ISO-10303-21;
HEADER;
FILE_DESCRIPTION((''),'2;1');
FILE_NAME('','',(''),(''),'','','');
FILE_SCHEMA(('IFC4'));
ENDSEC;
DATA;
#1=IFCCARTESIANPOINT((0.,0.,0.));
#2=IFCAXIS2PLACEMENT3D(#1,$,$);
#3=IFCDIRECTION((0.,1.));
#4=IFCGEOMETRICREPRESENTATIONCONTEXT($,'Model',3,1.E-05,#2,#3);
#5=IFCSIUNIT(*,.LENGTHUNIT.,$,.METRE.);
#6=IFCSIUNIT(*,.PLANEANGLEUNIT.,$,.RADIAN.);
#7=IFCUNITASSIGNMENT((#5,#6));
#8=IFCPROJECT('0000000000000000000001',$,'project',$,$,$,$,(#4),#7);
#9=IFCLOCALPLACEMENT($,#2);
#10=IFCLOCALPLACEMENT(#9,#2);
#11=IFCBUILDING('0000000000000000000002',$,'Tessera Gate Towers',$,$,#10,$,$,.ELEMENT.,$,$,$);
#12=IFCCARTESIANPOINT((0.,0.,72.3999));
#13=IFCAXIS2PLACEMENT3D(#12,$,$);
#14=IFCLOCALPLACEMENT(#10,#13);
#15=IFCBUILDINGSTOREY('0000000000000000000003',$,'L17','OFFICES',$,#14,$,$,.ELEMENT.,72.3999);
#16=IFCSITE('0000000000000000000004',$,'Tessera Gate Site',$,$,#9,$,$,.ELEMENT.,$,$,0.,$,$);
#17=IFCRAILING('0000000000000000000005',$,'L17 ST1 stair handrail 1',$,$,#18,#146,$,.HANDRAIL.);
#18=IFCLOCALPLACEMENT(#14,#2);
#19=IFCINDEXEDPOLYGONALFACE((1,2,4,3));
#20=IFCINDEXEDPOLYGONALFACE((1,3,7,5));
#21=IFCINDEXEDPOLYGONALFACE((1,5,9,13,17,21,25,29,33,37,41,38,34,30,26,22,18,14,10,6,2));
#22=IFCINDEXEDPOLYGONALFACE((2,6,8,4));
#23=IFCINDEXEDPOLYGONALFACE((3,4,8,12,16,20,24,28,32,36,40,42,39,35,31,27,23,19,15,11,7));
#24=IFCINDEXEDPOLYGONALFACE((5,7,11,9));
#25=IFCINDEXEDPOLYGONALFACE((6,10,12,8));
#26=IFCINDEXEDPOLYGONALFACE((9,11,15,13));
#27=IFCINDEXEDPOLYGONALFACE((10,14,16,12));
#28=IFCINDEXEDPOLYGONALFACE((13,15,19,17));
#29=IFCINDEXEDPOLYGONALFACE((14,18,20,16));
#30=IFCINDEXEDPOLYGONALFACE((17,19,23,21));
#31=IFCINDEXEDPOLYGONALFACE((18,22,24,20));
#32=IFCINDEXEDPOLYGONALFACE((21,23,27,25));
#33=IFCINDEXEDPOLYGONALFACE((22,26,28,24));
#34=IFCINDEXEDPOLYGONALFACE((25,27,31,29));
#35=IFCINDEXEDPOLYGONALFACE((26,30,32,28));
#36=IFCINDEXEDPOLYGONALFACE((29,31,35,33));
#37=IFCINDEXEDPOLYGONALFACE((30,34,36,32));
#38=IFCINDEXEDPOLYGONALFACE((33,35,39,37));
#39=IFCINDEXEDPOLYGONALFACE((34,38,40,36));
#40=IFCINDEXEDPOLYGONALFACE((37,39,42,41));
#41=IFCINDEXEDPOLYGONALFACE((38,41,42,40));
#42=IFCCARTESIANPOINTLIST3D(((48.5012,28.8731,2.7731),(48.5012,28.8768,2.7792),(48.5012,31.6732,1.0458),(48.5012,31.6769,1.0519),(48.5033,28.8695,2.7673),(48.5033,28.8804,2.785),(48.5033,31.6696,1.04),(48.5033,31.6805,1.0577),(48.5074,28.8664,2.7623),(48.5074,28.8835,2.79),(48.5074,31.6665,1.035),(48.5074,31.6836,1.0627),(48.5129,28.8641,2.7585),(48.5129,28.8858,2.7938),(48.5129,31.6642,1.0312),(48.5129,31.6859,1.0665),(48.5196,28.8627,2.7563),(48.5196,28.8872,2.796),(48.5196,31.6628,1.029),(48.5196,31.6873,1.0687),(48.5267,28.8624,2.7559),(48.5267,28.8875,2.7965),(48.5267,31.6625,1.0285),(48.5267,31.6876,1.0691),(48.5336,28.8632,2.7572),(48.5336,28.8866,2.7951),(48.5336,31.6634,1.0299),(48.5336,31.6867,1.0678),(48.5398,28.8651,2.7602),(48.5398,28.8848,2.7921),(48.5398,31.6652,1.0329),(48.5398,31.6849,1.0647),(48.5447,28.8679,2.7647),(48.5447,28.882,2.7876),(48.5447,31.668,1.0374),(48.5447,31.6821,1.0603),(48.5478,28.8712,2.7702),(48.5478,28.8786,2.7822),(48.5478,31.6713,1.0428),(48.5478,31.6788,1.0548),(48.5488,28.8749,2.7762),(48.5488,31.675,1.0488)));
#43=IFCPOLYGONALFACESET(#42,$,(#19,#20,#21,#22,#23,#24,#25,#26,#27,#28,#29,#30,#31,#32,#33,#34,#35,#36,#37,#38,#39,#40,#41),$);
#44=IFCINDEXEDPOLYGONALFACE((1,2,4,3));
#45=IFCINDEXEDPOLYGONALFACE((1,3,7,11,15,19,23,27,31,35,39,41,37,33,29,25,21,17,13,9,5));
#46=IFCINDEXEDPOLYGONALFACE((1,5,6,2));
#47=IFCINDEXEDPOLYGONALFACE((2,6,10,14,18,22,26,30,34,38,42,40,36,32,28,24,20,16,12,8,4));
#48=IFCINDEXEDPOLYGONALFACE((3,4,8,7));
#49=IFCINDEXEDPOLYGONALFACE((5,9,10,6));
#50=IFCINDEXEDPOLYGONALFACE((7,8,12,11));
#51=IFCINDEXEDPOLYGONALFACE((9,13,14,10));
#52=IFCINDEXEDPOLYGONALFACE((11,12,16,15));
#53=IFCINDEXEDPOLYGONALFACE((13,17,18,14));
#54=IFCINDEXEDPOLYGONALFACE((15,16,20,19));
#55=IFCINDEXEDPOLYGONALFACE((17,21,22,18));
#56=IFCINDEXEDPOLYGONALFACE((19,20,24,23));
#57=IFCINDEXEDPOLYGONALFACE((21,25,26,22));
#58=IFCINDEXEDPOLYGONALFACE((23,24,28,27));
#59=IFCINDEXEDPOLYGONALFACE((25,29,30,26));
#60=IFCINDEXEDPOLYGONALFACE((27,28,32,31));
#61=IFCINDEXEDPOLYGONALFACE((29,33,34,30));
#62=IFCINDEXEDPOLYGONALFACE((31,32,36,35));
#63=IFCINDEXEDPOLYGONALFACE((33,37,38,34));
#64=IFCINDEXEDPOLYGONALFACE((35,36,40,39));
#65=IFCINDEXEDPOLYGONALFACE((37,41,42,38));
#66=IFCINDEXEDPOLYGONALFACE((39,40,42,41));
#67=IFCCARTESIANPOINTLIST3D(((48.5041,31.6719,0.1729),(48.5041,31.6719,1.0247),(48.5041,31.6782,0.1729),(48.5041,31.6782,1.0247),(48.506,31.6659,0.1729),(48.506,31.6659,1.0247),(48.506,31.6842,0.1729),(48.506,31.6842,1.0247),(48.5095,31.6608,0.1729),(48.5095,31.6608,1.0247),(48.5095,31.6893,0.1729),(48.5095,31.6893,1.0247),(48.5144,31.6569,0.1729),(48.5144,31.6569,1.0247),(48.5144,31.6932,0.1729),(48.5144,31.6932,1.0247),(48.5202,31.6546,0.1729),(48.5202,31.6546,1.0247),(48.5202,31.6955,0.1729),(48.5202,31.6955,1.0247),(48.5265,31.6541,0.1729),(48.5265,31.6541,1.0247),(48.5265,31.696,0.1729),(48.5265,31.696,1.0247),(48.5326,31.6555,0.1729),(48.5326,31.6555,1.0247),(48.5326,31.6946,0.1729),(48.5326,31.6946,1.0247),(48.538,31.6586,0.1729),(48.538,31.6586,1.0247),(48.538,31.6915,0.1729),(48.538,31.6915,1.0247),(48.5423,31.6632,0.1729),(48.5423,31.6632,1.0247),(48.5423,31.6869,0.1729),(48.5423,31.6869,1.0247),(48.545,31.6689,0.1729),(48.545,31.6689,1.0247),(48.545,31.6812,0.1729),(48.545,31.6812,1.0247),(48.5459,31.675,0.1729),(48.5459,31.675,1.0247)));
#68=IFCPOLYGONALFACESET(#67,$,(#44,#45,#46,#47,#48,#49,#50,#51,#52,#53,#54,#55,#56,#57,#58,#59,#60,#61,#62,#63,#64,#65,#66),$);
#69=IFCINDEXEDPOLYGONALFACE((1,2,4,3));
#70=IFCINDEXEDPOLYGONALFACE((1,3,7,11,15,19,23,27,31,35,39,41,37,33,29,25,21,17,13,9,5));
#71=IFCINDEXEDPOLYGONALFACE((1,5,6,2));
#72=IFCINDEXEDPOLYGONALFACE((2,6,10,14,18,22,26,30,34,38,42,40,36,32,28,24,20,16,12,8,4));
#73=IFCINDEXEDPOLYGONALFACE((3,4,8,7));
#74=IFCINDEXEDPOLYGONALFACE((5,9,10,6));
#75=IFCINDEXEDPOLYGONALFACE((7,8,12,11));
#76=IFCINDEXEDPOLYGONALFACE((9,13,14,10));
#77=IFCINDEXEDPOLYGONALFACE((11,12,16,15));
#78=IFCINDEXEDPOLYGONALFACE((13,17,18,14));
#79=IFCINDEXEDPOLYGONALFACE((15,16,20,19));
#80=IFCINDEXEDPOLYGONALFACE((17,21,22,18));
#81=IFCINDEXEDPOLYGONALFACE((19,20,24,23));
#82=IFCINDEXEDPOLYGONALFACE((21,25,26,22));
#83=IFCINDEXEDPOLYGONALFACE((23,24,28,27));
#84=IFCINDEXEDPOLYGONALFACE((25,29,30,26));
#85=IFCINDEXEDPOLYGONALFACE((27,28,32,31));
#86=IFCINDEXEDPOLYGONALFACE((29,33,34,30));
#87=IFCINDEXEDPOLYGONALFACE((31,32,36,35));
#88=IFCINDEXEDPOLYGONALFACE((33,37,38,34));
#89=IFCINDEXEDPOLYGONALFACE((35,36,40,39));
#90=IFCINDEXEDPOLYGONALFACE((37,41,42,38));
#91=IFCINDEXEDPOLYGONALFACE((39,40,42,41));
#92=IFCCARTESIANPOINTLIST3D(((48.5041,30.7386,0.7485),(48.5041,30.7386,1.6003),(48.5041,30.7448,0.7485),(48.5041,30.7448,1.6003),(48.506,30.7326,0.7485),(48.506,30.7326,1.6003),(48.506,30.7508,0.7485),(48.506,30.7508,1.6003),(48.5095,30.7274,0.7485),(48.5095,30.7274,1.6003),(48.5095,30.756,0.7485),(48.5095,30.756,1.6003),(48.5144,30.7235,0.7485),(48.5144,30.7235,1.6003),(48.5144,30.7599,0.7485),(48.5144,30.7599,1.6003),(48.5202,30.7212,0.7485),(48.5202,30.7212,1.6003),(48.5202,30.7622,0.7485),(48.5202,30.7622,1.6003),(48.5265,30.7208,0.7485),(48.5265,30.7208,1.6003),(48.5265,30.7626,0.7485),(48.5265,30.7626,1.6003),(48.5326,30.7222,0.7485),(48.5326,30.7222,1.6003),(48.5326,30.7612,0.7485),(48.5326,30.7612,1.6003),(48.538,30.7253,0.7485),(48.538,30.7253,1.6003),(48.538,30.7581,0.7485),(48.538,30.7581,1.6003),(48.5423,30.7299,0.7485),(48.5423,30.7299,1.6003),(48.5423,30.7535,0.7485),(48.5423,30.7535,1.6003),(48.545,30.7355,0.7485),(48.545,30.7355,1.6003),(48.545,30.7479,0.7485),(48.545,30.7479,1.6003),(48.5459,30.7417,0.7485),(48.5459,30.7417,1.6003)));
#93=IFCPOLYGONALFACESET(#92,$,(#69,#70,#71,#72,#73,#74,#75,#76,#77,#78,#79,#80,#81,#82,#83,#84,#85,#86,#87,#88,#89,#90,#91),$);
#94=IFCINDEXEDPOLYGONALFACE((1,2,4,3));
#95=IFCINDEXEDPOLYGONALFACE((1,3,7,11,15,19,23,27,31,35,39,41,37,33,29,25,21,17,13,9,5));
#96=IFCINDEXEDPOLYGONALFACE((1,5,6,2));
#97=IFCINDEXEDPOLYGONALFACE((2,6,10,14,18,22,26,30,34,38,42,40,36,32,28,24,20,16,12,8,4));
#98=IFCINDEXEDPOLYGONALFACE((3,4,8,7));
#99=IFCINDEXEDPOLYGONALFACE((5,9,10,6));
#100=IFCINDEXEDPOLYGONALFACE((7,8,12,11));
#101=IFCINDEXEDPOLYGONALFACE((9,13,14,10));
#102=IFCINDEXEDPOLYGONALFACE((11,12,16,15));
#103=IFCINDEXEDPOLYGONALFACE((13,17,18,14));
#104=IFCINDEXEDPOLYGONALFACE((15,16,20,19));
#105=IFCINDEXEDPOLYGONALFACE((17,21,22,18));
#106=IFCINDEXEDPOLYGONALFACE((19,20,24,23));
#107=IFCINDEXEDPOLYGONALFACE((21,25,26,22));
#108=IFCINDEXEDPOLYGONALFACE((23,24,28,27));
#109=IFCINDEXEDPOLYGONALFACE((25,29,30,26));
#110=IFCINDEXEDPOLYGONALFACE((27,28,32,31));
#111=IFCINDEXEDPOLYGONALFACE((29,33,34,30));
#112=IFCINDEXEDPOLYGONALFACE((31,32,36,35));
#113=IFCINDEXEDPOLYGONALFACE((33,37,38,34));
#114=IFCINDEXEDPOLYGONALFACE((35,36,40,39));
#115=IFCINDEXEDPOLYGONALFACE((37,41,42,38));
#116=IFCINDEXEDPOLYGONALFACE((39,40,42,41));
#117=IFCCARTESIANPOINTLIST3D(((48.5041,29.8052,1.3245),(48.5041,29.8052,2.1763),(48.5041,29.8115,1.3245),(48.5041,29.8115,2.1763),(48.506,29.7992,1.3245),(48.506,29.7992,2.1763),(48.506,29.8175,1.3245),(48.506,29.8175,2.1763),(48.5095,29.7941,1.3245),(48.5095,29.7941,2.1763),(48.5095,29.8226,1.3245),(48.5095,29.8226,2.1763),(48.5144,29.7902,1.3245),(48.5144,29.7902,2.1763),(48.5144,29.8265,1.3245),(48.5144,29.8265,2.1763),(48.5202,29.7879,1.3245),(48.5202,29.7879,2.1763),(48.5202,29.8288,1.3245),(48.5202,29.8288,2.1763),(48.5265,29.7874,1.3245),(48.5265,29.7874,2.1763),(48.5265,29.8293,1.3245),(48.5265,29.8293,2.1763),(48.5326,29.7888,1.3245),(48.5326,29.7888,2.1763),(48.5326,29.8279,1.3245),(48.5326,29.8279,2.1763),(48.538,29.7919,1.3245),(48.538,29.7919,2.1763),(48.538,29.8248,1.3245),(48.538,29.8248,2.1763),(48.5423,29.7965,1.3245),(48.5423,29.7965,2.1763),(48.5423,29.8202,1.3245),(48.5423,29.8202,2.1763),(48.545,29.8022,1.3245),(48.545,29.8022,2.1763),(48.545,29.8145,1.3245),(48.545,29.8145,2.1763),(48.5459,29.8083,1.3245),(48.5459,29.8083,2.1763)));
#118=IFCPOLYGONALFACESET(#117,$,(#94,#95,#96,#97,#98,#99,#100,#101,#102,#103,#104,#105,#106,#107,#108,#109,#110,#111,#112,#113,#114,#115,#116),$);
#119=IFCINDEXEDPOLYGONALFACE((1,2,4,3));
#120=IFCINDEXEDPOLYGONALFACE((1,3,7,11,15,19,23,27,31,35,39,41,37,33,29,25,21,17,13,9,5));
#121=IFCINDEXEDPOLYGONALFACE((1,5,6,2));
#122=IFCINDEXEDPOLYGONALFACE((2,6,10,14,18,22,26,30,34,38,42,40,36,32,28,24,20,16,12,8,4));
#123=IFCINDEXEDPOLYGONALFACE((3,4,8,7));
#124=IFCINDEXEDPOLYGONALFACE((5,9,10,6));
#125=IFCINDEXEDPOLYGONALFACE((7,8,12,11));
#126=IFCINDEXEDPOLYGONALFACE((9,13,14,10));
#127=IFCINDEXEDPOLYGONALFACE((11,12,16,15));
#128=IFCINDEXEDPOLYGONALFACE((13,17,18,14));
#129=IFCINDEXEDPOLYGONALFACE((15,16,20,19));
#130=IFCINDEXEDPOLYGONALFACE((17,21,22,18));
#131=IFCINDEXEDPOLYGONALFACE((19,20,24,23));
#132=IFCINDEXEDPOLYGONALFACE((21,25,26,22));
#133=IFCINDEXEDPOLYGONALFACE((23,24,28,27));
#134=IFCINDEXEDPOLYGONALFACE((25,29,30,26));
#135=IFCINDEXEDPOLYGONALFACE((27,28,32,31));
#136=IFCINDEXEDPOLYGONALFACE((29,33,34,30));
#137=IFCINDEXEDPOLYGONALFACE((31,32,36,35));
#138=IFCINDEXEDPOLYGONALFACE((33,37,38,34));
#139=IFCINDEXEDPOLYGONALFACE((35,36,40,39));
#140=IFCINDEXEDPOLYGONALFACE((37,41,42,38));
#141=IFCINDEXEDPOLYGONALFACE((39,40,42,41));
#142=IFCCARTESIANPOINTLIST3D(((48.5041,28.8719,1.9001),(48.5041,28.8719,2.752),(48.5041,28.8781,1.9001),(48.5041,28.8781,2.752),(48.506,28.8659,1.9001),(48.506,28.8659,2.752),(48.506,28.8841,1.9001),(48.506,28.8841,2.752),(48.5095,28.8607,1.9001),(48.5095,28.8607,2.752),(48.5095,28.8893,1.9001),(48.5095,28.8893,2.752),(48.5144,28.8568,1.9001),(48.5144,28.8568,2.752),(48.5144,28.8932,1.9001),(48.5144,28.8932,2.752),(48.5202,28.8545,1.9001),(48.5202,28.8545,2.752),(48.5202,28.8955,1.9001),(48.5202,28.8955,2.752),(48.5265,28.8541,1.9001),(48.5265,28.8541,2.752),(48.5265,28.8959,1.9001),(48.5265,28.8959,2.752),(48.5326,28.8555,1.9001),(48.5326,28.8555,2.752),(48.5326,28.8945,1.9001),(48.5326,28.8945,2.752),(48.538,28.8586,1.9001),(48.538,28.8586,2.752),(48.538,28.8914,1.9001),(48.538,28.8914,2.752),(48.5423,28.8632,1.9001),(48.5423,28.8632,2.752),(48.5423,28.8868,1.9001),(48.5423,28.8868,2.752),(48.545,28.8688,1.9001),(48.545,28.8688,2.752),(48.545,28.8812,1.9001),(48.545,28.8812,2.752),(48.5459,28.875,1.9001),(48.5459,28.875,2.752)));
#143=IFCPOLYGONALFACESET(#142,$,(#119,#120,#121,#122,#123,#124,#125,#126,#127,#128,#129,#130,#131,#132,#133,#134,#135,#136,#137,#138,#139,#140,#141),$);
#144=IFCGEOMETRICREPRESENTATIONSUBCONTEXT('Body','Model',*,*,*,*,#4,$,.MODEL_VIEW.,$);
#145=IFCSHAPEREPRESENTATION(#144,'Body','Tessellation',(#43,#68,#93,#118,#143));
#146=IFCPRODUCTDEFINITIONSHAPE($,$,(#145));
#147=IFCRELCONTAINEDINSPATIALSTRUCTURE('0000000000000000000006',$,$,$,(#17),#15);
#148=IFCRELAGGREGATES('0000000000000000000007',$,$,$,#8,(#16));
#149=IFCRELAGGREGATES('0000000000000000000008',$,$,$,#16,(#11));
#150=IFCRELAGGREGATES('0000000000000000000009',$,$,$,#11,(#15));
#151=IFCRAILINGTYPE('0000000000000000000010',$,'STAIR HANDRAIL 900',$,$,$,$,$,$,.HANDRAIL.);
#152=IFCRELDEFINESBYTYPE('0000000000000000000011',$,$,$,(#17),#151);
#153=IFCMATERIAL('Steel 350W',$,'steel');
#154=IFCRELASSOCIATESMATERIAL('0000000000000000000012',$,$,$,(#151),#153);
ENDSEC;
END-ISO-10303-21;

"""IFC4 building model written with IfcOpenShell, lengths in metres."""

from ifc_helpers import new_model, si_unit, direction, frame, origin, origin_2d, place, context, subcontext, project, spatial, circle, extrude, material, type_object, element, save


model = new_model("IFC4")

# Units and contexts
model_context = context("Model", 3, precision=1e-05, world=origin(), true_north=direction((0.0, 1.0)))
body_context = subcontext(model_context, "Body", "Model", "MODEL_VIEW")
ifc_project = project(units=[si_unit("LENGTHUNIT", "METRE"), si_unit("PLANEANGLEUNIT", "RADIAN")], contexts=[model_context])

# Site, building, storey
site_placement = place(None, origin())
site = spatial("IfcSite", under=ifc_project, at=site_placement, Name="Tessera Gate Site", CompositionType="ELEMENT", RefElevation=0.0)
building_placement = place(site_placement, origin())
building = spatial("IfcBuilding", under=site, at=building_placement, Name="Tessera Gate Towers", CompositionType="ELEMENT")
storey_placement = place(building_placement, frame((0.0, 0.0, 72.3999)))
storey = spatial("IfcBuildingStorey", under=building, at=storey_placement, Name="L17", Description="OFFICES", CompositionType="ELEMENT", Elevation=72.3999)

# Railing
ifc_material_1 = material(Name="Steel 350W", Category="steel")
railing_type_1 = type_object("IfcRailingType", Name="STAIR HANDRAIL 900", PredefinedType="HANDRAIL", material=ifc_material_1)
railing_1_placement = place(storey_placement, frame((48.5249, 31.675, 0.1729)))
element("IfcRailing", 1, at=railing_1_placement, inside=storey, type_object=railing_type_1, Name="L17 ST1 stair handrail 1", PredefinedType="HANDRAIL", context=body_context, shape_type="SweptSolid", body=[
    extrude(circle(Radius=0.0239, at=origin_2d()), frame((0.0, 0.0, 0.876), z_axis=(0.0, -0.85109, 0.52502), x_axis=(1.0, 0.0, 0.0)), (0.0, 0.0, 1.0), 3.29),
    extrude(circle(Radius=0.021, at=origin_2d()), origin(), (0.0, 0.0, 1.0), 0.8518),
    extrude(circle(Radius=0.021, at=origin_2d()), frame((0.0, -0.9333, 0.5757)), (0.0, 0.0, 1.0), 0.8518),
    extrude(circle(Radius=0.021, at=origin_2d()), frame((0.0, -1.8667, 1.1516)), (0.0, 0.0, 1.0), 0.8518),
    extrude(circle(Radius=0.021, at=origin_2d()), frame((0.0, -2.8, 1.7273)), (0.0, 0.0, 1.0), 0.8518),
])

save(model, "model.ifc")
